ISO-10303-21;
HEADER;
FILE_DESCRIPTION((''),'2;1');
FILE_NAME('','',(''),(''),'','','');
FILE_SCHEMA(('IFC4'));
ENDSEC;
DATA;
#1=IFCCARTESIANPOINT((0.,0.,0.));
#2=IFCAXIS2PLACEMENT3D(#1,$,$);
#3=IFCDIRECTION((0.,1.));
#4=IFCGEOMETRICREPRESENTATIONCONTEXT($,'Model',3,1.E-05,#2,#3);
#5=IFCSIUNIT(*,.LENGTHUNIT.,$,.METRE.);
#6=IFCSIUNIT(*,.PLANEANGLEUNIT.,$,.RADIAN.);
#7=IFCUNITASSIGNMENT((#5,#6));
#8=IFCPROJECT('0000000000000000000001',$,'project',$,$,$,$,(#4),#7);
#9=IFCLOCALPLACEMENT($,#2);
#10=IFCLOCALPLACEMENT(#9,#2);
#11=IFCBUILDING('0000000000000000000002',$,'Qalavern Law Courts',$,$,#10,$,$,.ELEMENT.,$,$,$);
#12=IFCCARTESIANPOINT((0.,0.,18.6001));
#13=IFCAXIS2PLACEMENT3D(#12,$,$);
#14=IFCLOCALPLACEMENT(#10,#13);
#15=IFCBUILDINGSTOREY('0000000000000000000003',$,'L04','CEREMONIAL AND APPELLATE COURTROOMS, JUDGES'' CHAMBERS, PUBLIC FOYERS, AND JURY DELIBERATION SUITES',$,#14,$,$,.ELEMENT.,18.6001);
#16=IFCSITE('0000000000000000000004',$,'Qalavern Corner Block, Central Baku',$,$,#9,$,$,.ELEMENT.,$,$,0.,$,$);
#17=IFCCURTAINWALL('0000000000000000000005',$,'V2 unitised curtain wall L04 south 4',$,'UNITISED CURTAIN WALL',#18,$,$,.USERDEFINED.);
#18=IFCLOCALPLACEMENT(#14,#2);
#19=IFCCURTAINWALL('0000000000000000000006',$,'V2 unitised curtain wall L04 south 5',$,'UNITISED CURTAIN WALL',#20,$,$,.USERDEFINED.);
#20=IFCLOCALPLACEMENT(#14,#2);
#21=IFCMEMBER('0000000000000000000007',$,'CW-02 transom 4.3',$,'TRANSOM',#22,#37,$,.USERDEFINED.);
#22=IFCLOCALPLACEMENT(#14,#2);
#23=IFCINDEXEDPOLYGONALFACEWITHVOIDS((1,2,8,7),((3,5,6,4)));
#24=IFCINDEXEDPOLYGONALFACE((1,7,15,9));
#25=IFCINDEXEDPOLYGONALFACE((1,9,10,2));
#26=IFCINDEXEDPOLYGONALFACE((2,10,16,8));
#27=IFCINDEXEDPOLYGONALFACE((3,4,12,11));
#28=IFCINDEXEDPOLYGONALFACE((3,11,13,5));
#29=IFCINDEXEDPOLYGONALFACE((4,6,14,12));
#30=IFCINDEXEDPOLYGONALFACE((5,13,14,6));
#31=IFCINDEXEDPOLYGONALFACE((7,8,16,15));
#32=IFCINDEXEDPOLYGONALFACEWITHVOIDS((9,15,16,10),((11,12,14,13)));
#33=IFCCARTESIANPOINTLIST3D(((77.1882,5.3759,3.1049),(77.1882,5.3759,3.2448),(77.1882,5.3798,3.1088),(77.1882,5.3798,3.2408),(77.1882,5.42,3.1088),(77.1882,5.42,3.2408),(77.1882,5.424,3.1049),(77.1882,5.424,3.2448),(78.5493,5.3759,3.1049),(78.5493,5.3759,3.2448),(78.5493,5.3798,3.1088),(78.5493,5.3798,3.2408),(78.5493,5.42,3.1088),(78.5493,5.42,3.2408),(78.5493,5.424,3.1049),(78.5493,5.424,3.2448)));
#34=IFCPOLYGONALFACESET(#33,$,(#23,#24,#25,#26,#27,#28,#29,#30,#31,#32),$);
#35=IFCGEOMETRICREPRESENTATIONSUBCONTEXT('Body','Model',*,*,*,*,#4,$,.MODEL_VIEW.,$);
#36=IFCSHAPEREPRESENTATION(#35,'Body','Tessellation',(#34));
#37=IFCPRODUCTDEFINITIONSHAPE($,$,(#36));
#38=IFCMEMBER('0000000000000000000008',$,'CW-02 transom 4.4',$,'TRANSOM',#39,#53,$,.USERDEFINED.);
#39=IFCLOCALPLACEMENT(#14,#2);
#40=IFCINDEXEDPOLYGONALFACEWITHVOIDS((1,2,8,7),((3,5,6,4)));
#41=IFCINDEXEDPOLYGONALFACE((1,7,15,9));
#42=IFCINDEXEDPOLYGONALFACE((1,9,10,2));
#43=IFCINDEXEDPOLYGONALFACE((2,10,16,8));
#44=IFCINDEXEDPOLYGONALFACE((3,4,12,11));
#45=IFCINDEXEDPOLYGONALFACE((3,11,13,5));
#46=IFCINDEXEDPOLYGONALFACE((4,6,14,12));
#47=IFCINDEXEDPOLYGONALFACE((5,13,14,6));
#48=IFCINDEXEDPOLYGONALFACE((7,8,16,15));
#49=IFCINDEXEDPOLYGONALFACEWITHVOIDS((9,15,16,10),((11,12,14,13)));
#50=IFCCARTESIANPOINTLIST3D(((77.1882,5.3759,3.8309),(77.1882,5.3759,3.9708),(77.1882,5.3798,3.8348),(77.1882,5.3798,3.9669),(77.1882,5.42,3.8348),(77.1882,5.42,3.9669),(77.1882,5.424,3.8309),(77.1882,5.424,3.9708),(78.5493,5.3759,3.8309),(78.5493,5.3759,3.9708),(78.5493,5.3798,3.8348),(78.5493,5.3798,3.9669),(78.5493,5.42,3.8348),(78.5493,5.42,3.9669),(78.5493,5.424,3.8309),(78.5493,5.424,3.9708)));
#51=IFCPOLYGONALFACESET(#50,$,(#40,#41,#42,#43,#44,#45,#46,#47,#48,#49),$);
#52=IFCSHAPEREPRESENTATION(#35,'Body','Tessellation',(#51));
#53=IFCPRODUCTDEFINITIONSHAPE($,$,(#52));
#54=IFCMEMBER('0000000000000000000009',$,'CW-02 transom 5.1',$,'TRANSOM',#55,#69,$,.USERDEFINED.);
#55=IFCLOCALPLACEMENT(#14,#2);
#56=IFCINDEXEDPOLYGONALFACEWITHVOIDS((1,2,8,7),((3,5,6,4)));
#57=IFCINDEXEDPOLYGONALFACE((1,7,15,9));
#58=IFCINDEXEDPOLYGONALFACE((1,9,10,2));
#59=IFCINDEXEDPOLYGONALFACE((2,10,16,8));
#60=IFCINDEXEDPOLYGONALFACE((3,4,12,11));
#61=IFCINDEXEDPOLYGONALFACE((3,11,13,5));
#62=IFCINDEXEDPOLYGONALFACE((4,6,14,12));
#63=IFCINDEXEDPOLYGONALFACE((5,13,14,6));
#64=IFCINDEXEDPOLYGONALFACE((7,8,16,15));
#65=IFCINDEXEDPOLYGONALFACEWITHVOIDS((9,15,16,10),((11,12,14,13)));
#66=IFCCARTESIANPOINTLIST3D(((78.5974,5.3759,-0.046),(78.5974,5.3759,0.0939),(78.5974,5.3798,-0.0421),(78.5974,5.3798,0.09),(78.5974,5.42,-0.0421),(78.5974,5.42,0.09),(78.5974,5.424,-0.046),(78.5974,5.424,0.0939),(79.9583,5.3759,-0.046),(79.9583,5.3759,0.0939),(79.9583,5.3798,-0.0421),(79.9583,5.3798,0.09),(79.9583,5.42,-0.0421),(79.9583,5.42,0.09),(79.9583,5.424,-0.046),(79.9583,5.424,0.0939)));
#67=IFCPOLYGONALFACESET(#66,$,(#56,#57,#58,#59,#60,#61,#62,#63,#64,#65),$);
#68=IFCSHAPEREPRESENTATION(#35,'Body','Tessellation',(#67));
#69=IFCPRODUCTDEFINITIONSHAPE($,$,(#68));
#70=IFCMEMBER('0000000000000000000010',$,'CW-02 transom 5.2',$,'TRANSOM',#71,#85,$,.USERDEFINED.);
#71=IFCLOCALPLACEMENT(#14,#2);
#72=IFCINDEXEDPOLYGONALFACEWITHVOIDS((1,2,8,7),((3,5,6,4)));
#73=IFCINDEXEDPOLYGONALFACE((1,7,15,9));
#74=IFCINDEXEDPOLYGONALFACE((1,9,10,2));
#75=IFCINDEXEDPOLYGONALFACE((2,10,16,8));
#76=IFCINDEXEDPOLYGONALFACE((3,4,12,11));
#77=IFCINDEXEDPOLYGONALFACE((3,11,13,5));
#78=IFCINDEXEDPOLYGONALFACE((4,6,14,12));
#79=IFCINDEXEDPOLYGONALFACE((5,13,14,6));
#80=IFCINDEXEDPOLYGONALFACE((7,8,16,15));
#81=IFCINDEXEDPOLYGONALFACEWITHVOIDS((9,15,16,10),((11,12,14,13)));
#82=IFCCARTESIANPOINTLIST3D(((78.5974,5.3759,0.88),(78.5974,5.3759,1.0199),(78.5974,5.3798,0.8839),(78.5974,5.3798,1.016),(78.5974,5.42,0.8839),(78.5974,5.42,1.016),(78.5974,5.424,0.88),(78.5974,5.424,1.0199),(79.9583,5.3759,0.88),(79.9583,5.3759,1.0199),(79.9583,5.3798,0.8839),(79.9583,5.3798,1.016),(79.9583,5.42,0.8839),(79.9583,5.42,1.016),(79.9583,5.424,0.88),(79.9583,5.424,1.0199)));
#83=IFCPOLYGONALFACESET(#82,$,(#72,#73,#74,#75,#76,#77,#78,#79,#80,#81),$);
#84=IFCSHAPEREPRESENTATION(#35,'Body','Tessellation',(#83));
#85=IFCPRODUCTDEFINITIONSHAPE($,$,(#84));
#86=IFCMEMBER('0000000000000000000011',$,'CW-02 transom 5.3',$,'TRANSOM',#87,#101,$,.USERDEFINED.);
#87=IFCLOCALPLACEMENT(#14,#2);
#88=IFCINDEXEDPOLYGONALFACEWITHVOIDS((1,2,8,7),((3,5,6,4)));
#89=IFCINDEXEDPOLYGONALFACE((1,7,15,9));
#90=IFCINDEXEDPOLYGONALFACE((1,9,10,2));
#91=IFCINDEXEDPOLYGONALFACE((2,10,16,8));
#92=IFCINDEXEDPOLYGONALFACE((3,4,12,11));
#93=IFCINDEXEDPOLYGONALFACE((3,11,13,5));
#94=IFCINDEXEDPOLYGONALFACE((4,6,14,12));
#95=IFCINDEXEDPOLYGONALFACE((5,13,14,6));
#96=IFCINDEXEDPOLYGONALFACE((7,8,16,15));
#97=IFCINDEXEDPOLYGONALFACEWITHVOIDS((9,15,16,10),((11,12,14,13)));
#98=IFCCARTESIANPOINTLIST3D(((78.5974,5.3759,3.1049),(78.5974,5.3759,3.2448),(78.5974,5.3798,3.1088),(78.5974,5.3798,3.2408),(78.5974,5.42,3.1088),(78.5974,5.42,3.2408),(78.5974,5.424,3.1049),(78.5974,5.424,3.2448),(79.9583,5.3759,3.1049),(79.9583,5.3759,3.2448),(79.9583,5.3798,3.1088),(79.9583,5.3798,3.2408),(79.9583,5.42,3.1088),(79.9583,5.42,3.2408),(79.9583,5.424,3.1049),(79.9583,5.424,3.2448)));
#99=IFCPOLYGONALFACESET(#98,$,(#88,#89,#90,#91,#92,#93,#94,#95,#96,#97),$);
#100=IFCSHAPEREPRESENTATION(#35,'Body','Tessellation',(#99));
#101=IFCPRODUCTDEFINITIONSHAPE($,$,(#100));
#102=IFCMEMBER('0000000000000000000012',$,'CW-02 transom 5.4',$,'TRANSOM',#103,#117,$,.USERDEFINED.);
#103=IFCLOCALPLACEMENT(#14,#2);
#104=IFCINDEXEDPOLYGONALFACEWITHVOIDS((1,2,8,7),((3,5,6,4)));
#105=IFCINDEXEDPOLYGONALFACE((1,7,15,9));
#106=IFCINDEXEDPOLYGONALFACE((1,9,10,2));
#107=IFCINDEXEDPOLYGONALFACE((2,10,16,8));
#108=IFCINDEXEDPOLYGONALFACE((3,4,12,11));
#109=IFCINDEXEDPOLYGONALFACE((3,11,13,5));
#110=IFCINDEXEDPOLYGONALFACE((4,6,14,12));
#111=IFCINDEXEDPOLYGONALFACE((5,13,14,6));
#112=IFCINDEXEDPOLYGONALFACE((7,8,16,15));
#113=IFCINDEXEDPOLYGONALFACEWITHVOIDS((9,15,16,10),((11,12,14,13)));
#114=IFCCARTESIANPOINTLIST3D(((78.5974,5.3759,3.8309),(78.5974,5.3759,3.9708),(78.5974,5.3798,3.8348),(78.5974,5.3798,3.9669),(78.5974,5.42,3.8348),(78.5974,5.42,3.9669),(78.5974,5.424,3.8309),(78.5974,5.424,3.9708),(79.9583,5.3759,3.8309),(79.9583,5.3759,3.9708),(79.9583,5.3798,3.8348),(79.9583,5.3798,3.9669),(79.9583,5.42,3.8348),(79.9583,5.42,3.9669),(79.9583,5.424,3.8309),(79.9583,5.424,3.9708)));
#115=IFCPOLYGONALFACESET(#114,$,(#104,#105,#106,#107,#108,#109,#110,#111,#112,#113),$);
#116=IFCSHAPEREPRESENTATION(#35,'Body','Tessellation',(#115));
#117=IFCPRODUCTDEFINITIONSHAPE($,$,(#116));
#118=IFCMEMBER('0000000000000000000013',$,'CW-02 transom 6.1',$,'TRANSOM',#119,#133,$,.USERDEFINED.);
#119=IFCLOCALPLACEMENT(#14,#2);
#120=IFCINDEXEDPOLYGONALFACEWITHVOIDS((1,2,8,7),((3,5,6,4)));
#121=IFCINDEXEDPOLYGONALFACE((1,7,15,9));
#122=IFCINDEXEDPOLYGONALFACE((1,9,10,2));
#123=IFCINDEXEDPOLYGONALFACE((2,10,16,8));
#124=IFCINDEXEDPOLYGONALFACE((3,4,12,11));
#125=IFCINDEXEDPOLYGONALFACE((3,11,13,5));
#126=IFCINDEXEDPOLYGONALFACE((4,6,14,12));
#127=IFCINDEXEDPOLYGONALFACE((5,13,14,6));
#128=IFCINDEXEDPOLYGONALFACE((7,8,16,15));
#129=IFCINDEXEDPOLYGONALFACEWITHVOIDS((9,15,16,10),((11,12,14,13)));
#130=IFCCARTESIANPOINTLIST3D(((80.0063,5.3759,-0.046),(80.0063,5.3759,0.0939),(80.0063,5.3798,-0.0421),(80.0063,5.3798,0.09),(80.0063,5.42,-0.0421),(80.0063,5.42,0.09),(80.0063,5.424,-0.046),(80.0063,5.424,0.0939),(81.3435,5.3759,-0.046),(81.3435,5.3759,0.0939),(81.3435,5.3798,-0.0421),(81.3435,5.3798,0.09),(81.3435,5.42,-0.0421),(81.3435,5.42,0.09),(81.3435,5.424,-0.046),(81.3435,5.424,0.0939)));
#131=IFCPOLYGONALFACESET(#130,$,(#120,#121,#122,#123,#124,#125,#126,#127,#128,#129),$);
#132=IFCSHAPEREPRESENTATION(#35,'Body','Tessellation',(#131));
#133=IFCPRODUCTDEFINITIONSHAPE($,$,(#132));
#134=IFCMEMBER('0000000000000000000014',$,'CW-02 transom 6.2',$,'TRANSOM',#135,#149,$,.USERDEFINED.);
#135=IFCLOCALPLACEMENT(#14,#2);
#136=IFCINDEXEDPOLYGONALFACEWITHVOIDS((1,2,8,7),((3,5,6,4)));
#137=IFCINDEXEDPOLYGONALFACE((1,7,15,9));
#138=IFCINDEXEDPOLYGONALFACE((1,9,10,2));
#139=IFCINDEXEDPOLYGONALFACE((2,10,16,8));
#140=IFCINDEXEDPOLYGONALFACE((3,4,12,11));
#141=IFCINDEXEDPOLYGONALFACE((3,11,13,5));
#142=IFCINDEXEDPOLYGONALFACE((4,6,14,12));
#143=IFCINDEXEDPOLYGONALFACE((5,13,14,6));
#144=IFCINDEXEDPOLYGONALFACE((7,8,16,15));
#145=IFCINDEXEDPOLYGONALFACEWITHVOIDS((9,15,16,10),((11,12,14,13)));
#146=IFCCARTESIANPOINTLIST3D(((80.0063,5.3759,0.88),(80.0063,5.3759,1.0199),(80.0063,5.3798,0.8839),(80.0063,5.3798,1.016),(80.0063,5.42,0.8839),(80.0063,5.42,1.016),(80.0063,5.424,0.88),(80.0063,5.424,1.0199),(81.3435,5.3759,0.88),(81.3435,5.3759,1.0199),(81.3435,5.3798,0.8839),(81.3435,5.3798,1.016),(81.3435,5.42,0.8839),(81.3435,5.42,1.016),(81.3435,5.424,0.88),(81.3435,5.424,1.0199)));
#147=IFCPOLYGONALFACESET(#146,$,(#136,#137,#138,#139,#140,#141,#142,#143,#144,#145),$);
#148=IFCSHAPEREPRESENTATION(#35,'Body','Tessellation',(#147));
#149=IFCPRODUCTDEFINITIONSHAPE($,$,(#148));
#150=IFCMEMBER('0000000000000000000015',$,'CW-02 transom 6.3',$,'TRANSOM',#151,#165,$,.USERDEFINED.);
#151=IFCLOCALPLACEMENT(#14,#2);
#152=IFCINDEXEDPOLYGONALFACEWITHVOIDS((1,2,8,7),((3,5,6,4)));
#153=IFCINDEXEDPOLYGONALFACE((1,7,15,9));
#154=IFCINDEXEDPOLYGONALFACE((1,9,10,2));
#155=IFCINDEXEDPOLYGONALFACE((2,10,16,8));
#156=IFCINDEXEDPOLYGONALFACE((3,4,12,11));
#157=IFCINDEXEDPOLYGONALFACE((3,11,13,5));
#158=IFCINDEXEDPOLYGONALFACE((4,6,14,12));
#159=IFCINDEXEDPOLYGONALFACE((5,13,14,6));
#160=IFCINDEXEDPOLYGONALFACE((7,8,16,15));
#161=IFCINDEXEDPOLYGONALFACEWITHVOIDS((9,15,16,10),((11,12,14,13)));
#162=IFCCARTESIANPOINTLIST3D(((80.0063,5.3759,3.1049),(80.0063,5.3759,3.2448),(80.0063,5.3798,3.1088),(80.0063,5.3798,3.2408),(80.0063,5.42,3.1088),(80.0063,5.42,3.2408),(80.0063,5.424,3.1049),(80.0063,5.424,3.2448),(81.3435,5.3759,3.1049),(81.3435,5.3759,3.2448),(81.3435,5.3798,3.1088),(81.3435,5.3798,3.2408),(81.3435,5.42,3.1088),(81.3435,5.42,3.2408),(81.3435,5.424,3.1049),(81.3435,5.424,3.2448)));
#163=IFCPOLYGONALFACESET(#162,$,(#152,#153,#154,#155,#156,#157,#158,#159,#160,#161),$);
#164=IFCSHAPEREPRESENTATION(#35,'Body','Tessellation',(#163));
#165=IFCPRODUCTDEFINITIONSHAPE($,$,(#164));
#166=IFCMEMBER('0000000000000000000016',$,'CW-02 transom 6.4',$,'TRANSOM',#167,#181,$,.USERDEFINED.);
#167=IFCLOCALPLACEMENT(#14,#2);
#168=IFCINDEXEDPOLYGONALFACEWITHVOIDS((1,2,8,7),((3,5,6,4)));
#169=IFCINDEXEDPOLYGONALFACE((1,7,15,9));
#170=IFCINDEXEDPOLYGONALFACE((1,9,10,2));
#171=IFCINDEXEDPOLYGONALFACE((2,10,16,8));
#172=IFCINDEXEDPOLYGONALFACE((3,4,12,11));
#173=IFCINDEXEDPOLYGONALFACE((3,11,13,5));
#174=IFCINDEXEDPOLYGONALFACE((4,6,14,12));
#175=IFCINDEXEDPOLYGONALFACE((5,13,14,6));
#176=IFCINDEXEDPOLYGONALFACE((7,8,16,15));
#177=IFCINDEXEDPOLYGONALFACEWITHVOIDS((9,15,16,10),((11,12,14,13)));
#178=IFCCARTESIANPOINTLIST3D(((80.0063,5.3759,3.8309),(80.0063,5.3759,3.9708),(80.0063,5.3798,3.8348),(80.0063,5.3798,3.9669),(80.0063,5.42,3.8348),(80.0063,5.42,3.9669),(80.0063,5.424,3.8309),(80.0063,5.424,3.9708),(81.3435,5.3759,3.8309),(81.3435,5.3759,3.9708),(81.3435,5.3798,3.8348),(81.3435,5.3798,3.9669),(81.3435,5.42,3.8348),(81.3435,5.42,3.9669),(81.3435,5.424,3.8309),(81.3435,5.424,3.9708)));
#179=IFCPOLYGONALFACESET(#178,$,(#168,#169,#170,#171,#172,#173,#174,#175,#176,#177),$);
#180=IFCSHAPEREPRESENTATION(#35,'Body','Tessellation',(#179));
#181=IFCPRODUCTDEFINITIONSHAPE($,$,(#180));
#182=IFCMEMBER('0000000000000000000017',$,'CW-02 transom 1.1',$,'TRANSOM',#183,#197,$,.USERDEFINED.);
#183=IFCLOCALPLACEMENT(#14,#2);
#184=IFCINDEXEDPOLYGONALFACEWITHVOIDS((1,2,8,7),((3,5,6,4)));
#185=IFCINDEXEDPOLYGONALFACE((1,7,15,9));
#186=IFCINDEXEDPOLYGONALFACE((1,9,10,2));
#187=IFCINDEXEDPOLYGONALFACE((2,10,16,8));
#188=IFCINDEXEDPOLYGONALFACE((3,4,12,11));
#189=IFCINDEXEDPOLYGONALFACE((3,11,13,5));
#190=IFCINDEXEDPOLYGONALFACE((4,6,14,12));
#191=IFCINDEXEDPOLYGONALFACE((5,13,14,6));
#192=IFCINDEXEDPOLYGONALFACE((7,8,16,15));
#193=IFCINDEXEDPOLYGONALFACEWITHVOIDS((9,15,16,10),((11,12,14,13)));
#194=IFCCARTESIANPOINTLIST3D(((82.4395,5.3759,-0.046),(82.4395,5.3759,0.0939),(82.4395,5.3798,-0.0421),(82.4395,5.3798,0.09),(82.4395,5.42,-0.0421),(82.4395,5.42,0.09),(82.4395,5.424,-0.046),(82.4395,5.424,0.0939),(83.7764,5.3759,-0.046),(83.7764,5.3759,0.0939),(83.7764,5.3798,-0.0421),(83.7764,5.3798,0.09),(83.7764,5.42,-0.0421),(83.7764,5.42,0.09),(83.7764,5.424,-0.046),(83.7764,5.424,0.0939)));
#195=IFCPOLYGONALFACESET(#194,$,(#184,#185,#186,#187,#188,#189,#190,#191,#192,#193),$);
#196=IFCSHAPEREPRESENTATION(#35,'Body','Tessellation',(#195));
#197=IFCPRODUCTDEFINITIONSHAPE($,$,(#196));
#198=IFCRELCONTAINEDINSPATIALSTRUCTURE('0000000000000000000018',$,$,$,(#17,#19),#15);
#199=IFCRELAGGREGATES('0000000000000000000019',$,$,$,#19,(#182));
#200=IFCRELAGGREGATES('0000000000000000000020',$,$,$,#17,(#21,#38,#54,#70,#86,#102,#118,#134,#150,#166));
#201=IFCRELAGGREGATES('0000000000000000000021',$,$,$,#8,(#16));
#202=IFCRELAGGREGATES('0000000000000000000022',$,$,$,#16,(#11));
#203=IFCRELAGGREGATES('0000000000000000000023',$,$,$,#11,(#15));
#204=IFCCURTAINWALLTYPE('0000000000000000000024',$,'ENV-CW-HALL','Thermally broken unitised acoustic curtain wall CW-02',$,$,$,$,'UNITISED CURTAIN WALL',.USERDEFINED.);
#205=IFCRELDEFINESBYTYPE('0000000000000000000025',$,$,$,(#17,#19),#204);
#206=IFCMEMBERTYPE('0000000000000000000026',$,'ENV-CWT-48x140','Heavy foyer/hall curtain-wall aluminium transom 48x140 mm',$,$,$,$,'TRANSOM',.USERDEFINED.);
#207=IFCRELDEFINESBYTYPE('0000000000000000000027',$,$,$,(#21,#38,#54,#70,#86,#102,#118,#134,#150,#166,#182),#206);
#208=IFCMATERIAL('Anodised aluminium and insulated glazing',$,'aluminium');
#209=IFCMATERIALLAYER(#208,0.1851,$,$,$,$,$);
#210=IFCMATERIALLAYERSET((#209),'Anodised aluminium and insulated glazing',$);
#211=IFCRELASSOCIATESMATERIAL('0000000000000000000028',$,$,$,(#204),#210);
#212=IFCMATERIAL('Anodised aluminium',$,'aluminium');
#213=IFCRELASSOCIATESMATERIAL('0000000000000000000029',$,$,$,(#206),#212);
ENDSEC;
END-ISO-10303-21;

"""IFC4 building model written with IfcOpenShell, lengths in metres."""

from ifc_helpers import new_model, si_unit, direction, frame, origin, origin_2d, place, context, subcontext, project, spatial, hollow_rectangle, extrude, material, layer, layer_set, material_profile, profile_set, type_object, element, aggregate, save


model = new_model("IFC4")

# Units and contexts
model_context = context("Model", 3, precision=1e-05, world=origin(), true_north=direction((0.0, 1.0)))
body_context = subcontext(model_context, "Body", "Model", "MODEL_VIEW")
ifc_project = project(units=[si_unit("LENGTHUNIT", "METRE"), si_unit("PLANEANGLEUNIT", "RADIAN")], contexts=[model_context])

# Site, building, storey
site_placement = place(None, origin())
site = spatial("IfcSite", under=ifc_project, at=site_placement, Name="Qalavern Corner Block, Central Baku", CompositionType="ELEMENT", RefElevation=0.0)
building_placement = place(site_placement, origin())
building = spatial("IfcBuilding", under=site, at=building_placement, Name="Qalavern Law Courts", CompositionType="ELEMENT")
storey_placement = place(building_placement, frame((0.0, 0.0, 18.6001)))
storey = spatial("IfcBuildingStorey", under=building, at=storey_placement, Name="L04", Description="CEREMONIAL AND APPELLATE COURTROOMS, JUDGES' CHAMBERS, PUBLIC FOYERS, AND JURY DELIBERATION SUITES", CompositionType="ELEMENT", Elevation=18.6001)

# Curtain wall
ifc_material_1 = material(Name="Anodised aluminium and insulated glazing", Category="aluminium")
ifc_layer_1 = layer(ifc_material_1, 0.1851)
ifc_layer_set_1 = layer_set([ifc_layer_1], Name="Anodised aluminium and insulated glazing")
curtain_wall_type = type_object("IfcCurtainWallType", Name="ENV-CW-HALL", Description="Thermally broken unitised acoustic curtain wall CW-02", ElementType="UNITISED CURTAIN WALL", PredefinedType="USERDEFINED", material=ifc_layer_set_1)
curtain_wall_1_placement = place(storey_placement, origin())
curtain_wall_1 = element("IfcCurtainWall", 1, at=curtain_wall_1_placement, inside=storey, type_object=curtain_wall_type, Name="V2 unitised curtain wall L04 south 4", ObjectType="UNITISED CURTAIN WALL", PredefinedType="USERDEFINED")
ifc_material_2 = material(Name="Anodised aluminium", Category="aluminium")

# Curtain wall
curtain_wall_2_placement = place(storey_placement, origin())
curtain_wall_2 = element("IfcCurtainWall", 2, at=curtain_wall_2_placement, inside=storey, type_object=curtain_wall_type, Name="V2 unitised curtain wall L04 south 5", ObjectType="UNITISED CURTAIN WALL", PredefinedType="USERDEFINED")

# Members
ifc_material_profile_1 = material_profile(ifc_material_2, hollow_rectangle(XDim=0.0481, YDim=0.1399, WallThickness=0.0039, at=origin_2d()), Name="ALU TRANSOM 48x140")
ifc_profile_set_1 = profile_set([ifc_material_profile_1], Name="Anodised aluminium")
member_type_1 = type_object("IfcMemberType", Name="ENV-CWT-48x140", Description="Heavy foyer/hall curtain-wall aluminium transom 48x140 mm", ElementType="TRANSOM", PredefinedType="USERDEFINED", material=ifc_profile_set_1)
member_1_placement = place(storey_placement, frame((77.1882, 5.3999, 3.1748), z_axis=(1.0, 0.0, 0.0), x_axis=(0.0, 1.0, 0.0)))
member_1 = element("IfcMember", 3, at=member_1_placement, type_object=member_type_1, Name="CW-02 transom 4.3", ObjectType="TRANSOM", PredefinedType="USERDEFINED", context=body_context, shape_type="SweptSolid", body=[
    extrude(hollow_rectangle(XDim=0.0481, YDim=0.1399, WallThickness=0.0039, at=origin_2d()), origin(), (0.0, 0.0, 1.0), 1.3611),
])
member_2_placement = place(storey_placement, frame((77.1882, 5.3999, 3.9009), z_axis=(1.0, 0.0, 0.0), x_axis=(0.0, 1.0, 0.0)))
member_2 = element("IfcMember", 4, at=member_2_placement, type_object=member_type_1, Name="CW-02 transom 4.4", ObjectType="TRANSOM", PredefinedType="USERDEFINED", context=body_context, shape_type="SweptSolid", body=[
    extrude(hollow_rectangle(XDim=0.0481, YDim=0.1399, WallThickness=0.0039, at=origin_2d()), origin(), (0.0, 0.0, 1.0), 1.3611),
])
member_3_placement = place(storey_placement, frame((78.5974, 5.3999, 0.0239), z_axis=(1.0, 0.0, 0.0), x_axis=(0.0, 1.0, 0.0)))
member_3 = element("IfcMember", 5, at=member_3_placement, type_object=member_type_1, Name="CW-02 transom 5.1", ObjectType="TRANSOM", PredefinedType="USERDEFINED", context=body_context, shape_type="SweptSolid", body=[
    extrude(hollow_rectangle(XDim=0.0481, YDim=0.1399, WallThickness=0.0039, at=origin_2d()), origin(), (0.0, 0.0, 1.0), 1.3608),
])
member_4_placement = place(storey_placement, frame((78.5974, 5.3999, 0.95), z_axis=(1.0, 0.0, 0.0), x_axis=(0.0, 1.0, 0.0)))
member_4 = element("IfcMember", 6, at=member_4_placement, type_object=member_type_1, Name="CW-02 transom 5.2", ObjectType="TRANSOM", PredefinedType="USERDEFINED", context=body_context, shape_type="SweptSolid", body=[
    extrude(hollow_rectangle(XDim=0.0481, YDim=0.1399, WallThickness=0.0039, at=origin_2d()), origin(), (0.0, 0.0, 1.0), 1.3608),
])
member_5_placement = place(storey_placement, frame((78.5974, 5.3999, 3.1748), z_axis=(1.0, 0.0, 0.0), x_axis=(0.0, 1.0, 0.0)))
member_5 = element("IfcMember", 7, at=member_5_placement, type_object=member_type_1, Name="CW-02 transom 5.3", ObjectType="TRANSOM", PredefinedType="USERDEFINED", context=body_context, shape_type="SweptSolid", body=[
    extrude(hollow_rectangle(XDim=0.0481, YDim=0.1399, WallThickness=0.0039, at=origin_2d()), origin(), (0.0, 0.0, 1.0), 1.3608),
])
member_6_placement = place(storey_placement, frame((78.5974, 5.3999, 3.9009), z_axis=(1.0, 0.0, 0.0), x_axis=(0.0, 1.0, 0.0)))
member_6 = element("IfcMember", 8, at=member_6_placement, type_object=member_type_1, Name="CW-02 transom 5.4", ObjectType="TRANSOM", PredefinedType="USERDEFINED", context=body_context, shape_type="SweptSolid", body=[
    extrude(hollow_rectangle(XDim=0.0481, YDim=0.1399, WallThickness=0.0039, at=origin_2d()), origin(), (0.0, 0.0, 1.0), 1.3608),
])
member_7_placement = place(storey_placement, frame((80.0063, 5.3999, 0.0239), z_axis=(1.0, 0.0, 0.0), x_axis=(0.0, 1.0, 0.0)))
member_7 = element("IfcMember", 9, at=member_7_placement, type_object=member_type_1, Name="CW-02 transom 6.1", ObjectType="TRANSOM", PredefinedType="USERDEFINED", context=body_context, shape_type="SweptSolid", body=[
    extrude(hollow_rectangle(XDim=0.0481, YDim=0.1399, WallThickness=0.0039, at=origin_2d()), origin(), (0.0, 0.0, 1.0), 1.3372),
])
member_8_placement = place(storey_placement, frame((80.0063, 5.3999, 0.95), z_axis=(1.0, 0.0, 0.0), x_axis=(0.0, 1.0, 0.0)))
member_8 = element("IfcMember", 10, at=member_8_placement, type_object=member_type_1, Name="CW-02 transom 6.2", ObjectType="TRANSOM", PredefinedType="USERDEFINED", context=body_context, shape_type="SweptSolid", body=[
    extrude(hollow_rectangle(XDim=0.0481, YDim=0.1399, WallThickness=0.0039, at=origin_2d()), origin(), (0.0, 0.0, 1.0), 1.3372),
])
member_9_placement = place(storey_placement, frame((80.0063, 5.3999, 3.1748), z_axis=(1.0, 0.0, 0.0), x_axis=(0.0, 1.0, 0.0)))
member_9 = element("IfcMember", 11, at=member_9_placement, type_object=member_type_1, Name="CW-02 transom 6.3", ObjectType="TRANSOM", PredefinedType="USERDEFINED", context=body_context, shape_type="SweptSolid", body=[
    extrude(hollow_rectangle(XDim=0.0481, YDim=0.1399, WallThickness=0.0039, at=origin_2d()), origin(), (0.0, 0.0, 1.0), 1.3372),
])
member_10_placement = place(storey_placement, frame((80.0063, 5.3999, 3.9009), z_axis=(1.0, 0.0, 0.0), x_axis=(0.0, 1.0, 0.0)))
member_10 = element("IfcMember", 12, at=member_10_placement, type_object=member_type_1, Name="CW-02 transom 6.4", ObjectType="TRANSOM", PredefinedType="USERDEFINED", context=body_context, shape_type="SweptSolid", body=[
    extrude(hollow_rectangle(XDim=0.0481, YDim=0.1399, WallThickness=0.0039, at=origin_2d()), origin(), (0.0, 0.0, 1.0), 1.3372),
])
member_11_placement = place(storey_placement, frame((82.4395, 5.3999, 0.0239), z_axis=(1.0, 0.0, 0.0), x_axis=(0.0, 1.0, 0.0)))
member_11 = element("IfcMember", 13, at=member_11_placement, type_object=member_type_1, Name="CW-02 transom 1.1", ObjectType="TRANSOM", PredefinedType="USERDEFINED", context=body_context, shape_type="SweptSolid", body=[
    extrude(hollow_rectangle(XDim=0.0481, YDim=0.1399, WallThickness=0.0039, at=origin_2d()), origin(), (0.0, 0.0, 1.0), 1.3369),
])
aggregate(curtain_wall_2, [member_11])

aggregate(curtain_wall_1, [member_1, member_2, member_3, member_4, member_5, member_6, member_7, member_8, member_9, member_10])

save(model, "model.ifc")
